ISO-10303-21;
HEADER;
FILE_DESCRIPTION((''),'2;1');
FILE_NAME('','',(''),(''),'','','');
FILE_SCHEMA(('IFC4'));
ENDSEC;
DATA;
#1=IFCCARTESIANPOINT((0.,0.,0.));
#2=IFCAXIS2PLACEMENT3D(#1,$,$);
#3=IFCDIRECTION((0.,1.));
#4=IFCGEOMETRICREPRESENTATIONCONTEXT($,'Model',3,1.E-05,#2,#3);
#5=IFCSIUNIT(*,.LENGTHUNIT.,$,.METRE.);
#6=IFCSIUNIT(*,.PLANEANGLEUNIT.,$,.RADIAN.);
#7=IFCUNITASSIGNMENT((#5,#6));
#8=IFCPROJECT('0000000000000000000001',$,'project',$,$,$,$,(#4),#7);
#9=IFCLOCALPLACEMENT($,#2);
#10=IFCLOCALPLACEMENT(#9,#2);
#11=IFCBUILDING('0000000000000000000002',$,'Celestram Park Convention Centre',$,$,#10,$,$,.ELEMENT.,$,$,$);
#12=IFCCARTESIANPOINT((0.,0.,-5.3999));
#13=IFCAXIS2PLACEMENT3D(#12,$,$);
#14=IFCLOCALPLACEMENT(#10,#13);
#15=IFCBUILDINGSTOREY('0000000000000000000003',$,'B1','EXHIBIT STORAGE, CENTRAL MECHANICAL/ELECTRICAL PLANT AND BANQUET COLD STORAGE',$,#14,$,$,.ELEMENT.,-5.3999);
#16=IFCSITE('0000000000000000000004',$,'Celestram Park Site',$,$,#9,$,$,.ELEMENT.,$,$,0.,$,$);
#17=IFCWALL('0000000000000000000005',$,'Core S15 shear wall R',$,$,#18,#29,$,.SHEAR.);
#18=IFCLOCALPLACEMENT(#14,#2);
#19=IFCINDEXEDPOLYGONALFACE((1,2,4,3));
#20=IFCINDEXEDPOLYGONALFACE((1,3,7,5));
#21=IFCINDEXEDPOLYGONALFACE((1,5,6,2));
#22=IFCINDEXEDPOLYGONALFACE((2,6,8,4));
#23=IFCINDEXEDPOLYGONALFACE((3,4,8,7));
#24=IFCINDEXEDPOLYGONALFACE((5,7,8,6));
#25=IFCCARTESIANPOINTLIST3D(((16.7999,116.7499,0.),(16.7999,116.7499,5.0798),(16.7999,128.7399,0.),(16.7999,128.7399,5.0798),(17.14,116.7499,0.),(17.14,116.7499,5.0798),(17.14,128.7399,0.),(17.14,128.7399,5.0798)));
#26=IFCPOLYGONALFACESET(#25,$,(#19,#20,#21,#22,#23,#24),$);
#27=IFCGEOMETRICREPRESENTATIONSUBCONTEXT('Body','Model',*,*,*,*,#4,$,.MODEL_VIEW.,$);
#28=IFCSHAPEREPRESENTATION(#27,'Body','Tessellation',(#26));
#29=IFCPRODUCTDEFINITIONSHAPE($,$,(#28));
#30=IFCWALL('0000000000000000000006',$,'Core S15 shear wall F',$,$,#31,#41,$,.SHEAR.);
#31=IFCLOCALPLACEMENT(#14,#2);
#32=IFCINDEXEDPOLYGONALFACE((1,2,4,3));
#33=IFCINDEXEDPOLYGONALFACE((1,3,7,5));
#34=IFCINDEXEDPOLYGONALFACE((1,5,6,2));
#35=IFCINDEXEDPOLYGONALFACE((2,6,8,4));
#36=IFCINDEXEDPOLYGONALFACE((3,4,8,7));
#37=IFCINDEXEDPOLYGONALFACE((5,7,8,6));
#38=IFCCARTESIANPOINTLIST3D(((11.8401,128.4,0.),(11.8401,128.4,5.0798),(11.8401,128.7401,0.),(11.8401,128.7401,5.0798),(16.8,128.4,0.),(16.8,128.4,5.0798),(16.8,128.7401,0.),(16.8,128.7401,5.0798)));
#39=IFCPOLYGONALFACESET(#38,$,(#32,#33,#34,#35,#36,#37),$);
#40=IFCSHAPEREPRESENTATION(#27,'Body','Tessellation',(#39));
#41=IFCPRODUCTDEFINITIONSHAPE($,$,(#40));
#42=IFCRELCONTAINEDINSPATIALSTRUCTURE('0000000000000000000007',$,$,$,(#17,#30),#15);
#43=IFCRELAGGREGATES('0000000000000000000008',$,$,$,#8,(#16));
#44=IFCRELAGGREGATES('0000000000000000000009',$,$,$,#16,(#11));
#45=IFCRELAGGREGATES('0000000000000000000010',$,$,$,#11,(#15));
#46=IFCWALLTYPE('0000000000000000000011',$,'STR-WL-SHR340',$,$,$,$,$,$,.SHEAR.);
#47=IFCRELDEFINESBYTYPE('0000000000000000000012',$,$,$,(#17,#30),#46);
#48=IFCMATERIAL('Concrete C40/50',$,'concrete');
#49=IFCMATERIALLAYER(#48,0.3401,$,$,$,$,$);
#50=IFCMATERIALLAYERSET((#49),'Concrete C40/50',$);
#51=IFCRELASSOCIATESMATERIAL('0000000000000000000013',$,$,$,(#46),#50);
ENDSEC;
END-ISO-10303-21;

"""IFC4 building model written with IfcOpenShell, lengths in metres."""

from ifc_helpers import new_model, si_unit, direction, frame, frame_2d, origin, place, context, subcontext, project, spatial, rectangle, extrude, material, layer, layer_set, type_object, element, save


model = new_model("IFC4")

# Units and contexts
model_context = context("Model", 3, precision=1e-05, world=origin(), true_north=direction((0.0, 1.0)))
body_context = subcontext(model_context, "Body", "Model", "MODEL_VIEW")
ifc_project = project(units=[si_unit("LENGTHUNIT", "METRE"), si_unit("PLANEANGLEUNIT", "RADIAN")], contexts=[model_context])

# Site, building, storey
site_placement = place(None, origin())
site = spatial("IfcSite", under=ifc_project, at=site_placement, Name="Celestram Park Site", CompositionType="ELEMENT", RefElevation=0.0)
building_placement = place(site_placement, origin())
building = spatial("IfcBuilding", under=site, at=building_placement, Name="Celestram Park Convention Centre", CompositionType="ELEMENT")
storey_placement = place(building_placement, frame((0.0, 0.0, -5.3999)))
storey = spatial("IfcBuildingStorey", under=building, at=storey_placement, Name="B1", Description="EXHIBIT STORAGE, CENTRAL MECHANICAL/ELECTRICAL PLANT AND BANQUET COLD STORAGE", CompositionType="ELEMENT", Elevation=-5.3999)

# Shared definitions
ifc_material_1 = material(Name="Concrete C40/50", Category="concrete")

# Walls
ifc_layer = layer(ifc_material_1, 0.3401)
ifc_layer_set = layer_set([ifc_layer], Name="Concrete C40/50")
wall_type = type_object("IfcWallType", Name="STR-WL-SHR340", PredefinedType="SHEAR", material=ifc_layer_set)
wall_1_placement = place(storey_placement, frame((16.97, 128.74, 0.0), z_axis=(0.0, 0.0, 1.0), x_axis=(0.0, -1.0, 0.0)))
element("IfcWall", 1, at=wall_1_placement, inside=storey, type_object=wall_type, Name="Core S15 shear wall R", PredefinedType="SHEAR", context=body_context, shape_type="SweptSolid", body=[
    extrude(rectangle(XDim=11.99, YDim=0.3401, at=frame_2d((5.9951, 0.0))), origin(), (0.0, 0.0, 1.0), 5.0798),
])
wall_2_placement = place(storey_placement, frame((11.8401, 128.5701, 0.0), z_axis=(0.0, 0.0, 1.0), x_axis=(1.0, 0.0, 0.0)))
element("IfcWall", 2, at=wall_2_placement, inside=storey, type_object=wall_type, Name="Core S15 shear wall F", PredefinedType="SHEAR", context=body_context, shape_type="SweptSolid", body=[
    extrude(rectangle(XDim=4.96, YDim=0.3401, at=frame_2d((2.48, 0.0))), origin(), (0.0, 0.0, 1.0), 5.0798),
])

save(model, "model.ifc")
